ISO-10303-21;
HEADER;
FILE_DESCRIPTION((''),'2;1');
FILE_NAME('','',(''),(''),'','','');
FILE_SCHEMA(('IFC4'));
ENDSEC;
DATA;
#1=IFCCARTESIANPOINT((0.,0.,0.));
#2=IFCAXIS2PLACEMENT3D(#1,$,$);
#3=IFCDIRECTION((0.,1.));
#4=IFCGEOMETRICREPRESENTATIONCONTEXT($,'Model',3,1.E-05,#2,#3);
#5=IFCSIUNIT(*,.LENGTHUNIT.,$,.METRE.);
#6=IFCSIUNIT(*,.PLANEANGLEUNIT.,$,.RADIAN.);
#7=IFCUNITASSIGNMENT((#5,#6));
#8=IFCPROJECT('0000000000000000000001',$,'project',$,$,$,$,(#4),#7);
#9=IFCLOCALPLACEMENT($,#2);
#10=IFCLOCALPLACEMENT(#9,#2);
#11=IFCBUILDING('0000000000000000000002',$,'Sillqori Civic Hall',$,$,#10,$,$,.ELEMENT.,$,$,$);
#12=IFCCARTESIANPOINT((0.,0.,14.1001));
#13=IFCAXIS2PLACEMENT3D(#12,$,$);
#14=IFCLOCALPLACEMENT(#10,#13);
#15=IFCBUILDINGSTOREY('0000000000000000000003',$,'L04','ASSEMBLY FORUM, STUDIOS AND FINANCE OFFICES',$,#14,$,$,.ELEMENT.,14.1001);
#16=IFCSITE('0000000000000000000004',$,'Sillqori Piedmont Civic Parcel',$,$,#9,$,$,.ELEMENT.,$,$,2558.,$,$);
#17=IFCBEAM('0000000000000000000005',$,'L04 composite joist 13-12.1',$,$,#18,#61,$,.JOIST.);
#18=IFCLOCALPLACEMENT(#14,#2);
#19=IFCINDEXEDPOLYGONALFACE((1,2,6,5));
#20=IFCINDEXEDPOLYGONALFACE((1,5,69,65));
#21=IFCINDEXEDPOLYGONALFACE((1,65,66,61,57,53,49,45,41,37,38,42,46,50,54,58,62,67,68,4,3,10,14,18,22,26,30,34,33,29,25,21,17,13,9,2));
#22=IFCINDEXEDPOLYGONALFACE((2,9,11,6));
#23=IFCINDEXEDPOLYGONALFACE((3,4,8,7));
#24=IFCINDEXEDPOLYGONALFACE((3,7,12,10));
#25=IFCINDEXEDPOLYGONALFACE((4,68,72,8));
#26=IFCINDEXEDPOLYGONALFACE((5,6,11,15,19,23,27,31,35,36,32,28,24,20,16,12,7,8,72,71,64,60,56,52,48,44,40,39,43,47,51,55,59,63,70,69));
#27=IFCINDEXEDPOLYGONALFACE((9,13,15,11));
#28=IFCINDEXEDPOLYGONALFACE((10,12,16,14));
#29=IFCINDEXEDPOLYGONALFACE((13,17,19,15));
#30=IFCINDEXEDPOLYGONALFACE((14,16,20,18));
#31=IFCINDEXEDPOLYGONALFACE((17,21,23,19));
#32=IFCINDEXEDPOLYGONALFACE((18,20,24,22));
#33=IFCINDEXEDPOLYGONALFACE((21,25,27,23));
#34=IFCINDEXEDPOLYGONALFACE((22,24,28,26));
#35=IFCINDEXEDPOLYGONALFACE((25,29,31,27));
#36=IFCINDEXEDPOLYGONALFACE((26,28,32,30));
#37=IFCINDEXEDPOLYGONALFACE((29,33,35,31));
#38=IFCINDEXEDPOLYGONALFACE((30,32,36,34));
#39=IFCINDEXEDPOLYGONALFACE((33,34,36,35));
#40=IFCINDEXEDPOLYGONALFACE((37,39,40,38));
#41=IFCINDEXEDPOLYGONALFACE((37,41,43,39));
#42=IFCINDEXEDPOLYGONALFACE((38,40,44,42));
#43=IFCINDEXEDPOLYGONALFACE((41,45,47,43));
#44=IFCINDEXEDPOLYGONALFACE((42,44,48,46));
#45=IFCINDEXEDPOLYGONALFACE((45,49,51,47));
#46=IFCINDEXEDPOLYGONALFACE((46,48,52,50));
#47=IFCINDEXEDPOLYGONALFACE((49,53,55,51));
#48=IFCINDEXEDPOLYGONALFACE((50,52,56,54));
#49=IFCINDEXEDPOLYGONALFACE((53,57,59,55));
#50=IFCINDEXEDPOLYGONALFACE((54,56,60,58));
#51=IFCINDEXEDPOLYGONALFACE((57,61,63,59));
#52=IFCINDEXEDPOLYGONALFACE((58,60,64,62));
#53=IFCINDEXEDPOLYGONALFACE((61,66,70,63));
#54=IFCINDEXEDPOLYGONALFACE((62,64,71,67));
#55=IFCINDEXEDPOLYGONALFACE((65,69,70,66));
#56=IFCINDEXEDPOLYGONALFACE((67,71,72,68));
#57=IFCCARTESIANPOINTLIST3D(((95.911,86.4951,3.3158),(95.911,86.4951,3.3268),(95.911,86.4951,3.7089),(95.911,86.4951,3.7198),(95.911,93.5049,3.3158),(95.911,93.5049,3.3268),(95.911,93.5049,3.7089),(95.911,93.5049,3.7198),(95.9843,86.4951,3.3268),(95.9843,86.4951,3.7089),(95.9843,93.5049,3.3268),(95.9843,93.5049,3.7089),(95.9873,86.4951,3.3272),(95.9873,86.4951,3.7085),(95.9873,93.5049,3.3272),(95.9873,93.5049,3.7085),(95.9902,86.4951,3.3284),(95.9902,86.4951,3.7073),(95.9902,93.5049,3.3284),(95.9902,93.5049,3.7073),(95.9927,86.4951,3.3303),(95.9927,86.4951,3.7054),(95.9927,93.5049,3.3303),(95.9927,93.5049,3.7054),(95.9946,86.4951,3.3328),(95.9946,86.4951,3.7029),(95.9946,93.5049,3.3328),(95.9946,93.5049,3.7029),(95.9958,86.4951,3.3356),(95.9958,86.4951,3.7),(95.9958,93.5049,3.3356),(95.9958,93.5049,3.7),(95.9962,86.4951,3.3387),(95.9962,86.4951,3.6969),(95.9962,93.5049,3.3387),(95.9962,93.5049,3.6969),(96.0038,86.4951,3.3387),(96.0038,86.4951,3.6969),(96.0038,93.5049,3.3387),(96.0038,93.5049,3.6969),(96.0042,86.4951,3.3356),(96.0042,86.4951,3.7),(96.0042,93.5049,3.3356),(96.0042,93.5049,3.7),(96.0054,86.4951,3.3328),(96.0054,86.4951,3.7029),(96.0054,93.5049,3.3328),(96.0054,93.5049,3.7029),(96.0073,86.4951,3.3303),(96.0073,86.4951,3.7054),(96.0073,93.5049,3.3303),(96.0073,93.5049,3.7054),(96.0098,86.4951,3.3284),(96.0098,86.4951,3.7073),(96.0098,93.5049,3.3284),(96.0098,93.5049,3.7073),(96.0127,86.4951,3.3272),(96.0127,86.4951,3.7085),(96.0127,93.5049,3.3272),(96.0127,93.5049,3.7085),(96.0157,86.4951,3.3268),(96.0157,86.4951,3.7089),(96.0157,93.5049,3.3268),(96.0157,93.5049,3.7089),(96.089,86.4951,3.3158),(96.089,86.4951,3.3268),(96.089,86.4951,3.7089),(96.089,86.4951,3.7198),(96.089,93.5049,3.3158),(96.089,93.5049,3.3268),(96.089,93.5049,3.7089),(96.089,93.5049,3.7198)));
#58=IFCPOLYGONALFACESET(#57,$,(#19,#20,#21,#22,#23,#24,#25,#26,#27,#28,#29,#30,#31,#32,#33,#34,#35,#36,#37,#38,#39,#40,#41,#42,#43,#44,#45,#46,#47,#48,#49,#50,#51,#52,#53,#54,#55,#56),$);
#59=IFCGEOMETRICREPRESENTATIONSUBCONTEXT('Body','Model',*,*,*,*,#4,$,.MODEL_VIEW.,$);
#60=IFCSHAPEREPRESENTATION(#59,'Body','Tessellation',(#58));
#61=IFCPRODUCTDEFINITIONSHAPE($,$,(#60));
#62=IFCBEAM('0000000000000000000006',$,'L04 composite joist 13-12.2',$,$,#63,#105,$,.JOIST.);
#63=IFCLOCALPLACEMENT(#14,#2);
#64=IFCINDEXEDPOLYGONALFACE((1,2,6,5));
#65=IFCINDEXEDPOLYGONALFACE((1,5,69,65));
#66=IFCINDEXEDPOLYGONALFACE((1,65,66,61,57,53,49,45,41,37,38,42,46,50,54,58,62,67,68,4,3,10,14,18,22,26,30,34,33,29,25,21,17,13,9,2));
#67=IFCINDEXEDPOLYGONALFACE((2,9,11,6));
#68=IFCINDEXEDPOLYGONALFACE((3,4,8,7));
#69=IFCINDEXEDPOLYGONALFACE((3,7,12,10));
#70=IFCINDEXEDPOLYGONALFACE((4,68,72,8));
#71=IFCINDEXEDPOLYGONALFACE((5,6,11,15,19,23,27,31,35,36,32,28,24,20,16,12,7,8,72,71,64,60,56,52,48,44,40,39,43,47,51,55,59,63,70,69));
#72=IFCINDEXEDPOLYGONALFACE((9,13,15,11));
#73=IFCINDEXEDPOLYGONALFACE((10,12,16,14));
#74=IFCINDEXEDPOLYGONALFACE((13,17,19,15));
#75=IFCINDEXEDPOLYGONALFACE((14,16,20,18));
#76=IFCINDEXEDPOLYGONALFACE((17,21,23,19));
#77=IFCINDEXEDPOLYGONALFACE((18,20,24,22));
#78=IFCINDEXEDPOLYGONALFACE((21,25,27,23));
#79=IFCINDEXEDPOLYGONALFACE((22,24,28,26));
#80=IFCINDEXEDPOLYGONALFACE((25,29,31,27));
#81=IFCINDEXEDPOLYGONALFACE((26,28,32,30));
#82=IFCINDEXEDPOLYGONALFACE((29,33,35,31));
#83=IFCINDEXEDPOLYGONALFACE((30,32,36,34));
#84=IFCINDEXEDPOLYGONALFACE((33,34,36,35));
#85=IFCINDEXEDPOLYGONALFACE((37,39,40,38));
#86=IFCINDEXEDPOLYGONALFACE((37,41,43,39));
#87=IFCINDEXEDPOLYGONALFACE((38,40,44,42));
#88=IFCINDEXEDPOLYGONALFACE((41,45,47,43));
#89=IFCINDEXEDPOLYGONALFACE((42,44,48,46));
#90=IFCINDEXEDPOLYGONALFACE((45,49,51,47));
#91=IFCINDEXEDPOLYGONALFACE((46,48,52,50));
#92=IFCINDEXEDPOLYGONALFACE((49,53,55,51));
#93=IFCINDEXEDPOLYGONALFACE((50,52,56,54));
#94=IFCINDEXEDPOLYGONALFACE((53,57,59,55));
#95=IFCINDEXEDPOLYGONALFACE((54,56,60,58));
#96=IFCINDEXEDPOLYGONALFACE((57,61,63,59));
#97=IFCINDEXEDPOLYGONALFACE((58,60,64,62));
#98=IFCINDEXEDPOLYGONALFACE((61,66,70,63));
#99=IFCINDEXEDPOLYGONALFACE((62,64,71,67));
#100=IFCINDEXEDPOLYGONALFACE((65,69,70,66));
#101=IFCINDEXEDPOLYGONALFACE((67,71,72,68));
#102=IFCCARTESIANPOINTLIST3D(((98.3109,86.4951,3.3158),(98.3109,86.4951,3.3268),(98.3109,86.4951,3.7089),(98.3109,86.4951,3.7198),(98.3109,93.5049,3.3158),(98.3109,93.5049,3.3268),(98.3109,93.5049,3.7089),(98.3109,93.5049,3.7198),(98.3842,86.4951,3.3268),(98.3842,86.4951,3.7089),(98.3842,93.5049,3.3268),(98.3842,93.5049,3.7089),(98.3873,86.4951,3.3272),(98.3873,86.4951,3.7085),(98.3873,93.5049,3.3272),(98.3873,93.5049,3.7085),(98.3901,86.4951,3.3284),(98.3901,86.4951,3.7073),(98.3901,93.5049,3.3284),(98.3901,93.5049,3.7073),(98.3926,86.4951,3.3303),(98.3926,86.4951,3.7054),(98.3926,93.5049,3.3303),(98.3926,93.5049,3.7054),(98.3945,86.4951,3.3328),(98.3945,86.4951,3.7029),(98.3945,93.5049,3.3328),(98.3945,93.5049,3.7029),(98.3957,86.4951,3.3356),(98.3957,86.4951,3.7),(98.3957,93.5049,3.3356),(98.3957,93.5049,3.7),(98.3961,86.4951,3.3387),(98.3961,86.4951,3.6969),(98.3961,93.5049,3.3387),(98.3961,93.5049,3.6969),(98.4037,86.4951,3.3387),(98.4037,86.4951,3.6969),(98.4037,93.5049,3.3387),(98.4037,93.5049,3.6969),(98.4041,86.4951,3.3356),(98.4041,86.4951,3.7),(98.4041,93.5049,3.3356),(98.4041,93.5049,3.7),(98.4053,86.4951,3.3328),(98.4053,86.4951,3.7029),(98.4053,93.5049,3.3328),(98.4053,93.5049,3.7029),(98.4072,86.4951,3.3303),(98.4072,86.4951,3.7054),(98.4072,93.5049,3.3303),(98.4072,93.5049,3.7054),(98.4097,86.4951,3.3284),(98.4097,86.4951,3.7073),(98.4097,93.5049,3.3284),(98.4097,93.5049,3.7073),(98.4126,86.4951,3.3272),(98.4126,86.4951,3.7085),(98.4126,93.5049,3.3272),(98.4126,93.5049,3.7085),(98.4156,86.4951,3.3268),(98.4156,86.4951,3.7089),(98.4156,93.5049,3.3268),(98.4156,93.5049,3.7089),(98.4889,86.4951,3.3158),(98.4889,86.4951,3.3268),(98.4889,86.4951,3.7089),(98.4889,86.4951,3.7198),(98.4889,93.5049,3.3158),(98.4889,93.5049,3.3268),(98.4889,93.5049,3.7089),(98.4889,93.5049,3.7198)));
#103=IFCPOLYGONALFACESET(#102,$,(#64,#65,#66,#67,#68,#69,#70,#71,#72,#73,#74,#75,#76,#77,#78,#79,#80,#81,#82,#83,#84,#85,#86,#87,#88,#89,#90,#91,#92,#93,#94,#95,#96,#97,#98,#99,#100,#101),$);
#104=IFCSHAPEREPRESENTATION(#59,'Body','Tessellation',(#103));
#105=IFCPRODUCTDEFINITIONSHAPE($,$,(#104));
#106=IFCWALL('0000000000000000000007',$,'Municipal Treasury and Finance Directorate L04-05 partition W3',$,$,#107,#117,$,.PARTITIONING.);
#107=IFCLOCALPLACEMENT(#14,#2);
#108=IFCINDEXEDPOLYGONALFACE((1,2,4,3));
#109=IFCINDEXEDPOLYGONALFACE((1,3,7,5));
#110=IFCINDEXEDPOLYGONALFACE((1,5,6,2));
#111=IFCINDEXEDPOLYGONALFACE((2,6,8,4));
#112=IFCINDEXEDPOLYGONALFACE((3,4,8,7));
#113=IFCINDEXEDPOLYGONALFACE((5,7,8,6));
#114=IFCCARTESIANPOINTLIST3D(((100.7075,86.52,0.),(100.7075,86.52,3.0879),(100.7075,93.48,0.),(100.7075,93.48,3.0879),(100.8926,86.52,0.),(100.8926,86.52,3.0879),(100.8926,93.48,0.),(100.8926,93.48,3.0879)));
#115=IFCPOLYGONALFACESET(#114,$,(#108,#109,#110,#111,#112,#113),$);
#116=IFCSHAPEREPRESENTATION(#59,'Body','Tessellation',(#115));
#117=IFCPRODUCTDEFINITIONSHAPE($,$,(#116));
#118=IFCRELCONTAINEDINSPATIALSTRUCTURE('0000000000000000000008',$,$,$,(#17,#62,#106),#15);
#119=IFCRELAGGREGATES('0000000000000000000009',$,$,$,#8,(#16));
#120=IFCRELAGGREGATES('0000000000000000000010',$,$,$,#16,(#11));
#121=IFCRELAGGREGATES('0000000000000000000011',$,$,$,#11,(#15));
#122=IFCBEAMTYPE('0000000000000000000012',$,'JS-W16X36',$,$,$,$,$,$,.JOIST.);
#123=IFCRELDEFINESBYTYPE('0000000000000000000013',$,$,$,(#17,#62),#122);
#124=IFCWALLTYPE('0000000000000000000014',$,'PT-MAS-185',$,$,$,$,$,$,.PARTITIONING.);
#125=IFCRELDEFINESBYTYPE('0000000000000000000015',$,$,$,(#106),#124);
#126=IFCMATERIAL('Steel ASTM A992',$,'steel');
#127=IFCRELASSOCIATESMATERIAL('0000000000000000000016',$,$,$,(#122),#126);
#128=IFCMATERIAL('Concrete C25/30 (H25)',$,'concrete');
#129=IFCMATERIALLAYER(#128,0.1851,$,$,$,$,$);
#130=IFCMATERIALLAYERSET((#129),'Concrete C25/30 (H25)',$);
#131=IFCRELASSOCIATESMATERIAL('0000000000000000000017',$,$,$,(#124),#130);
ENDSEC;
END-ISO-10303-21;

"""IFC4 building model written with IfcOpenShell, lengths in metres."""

from ifc_helpers import new_model, si_unit, direction, frame, frame_2d, origin, origin_2d, place, context, subcontext, project, spatial, rectangle, i_section, extrude, material, layer, layer_set, material_profile, profile_set, type_object, element, save


model = new_model("IFC4")

# Units and contexts
model_context = context("Model", 3, precision=1e-05, world=origin(), true_north=direction((0.0, 1.0)))
body_context = subcontext(model_context, "Body", "Model", "MODEL_VIEW")
ifc_project = project(units=[si_unit("LENGTHUNIT", "METRE"), si_unit("PLANEANGLEUNIT", "RADIAN")], contexts=[model_context])

# Site, building, storey
site_placement = place(None, origin())
site = spatial("IfcSite", under=ifc_project, at=site_placement, Name="Sillqori Piedmont Civic Parcel", CompositionType="ELEMENT", RefElevation=2558.0)
building_placement = place(site_placement, origin())
building = spatial("IfcBuilding", under=site, at=building_placement, Name="Sillqori Civic Hall", CompositionType="ELEMENT")
storey_placement = place(building_placement, frame((0.0, 0.0, 14.1001)))
storey = spatial("IfcBuildingStorey", under=building, at=storey_placement, Name="L04", Description="ASSEMBLY FORUM, STUDIOS AND FINANCE OFFICES", CompositionType="ELEMENT", Elevation=14.1001)

# Shared definitions
ifc_material_1 = material(Name="Steel ASTM A992", Category="steel")

# Beams
ifc_material_profile_1 = material_profile(ifc_material_1, i_section(OverallWidth=0.178, OverallDepth=0.4041, WebThickness=0.0076, FlangeThickness=0.011, FilletRadius=0.012, at=origin_2d()), Name="W16X36")
ifc_profile_set_1 = profile_set([ifc_material_profile_1], Name="Steel ASTM A992")
beam_type_1 = type_object("IfcBeamType", Name="JS-W16X36", PredefinedType="JOIST", material=ifc_profile_set_1)
for number, where, z_axis, x_axis, name in (
    (1, (96.0, 86.4951, 3.5178), (0.0, 1.0, 0.0), (-1.0, 0.0, 0.0), "L04 composite joist 13-12.1"),
    (2, (98.3999, 86.4951, 3.5178), (0.0, 1.0, 0.0), (-1.0, 0.0, 0.0), "L04 composite joist 13-12.2"),
):
    element("IfcBeam", number, at=place(storey_placement, frame(where, z_axis=z_axis, x_axis=x_axis)), inside=storey, type_object=beam_type_1, Name=name, PredefinedType="JOIST", context=body_context, shape_type="SweptSolid", body=[
        extrude(i_section(OverallWidth=0.178, OverallDepth=0.4041, WebThickness=0.0076, FlangeThickness=0.011, FilletRadius=0.012, at=origin_2d()), origin(), (0.0, 0.0, 1.0), 7.0098),
    ])

# Wall
ifc_material_2 = material(Name="Concrete C25/30 (H25)", Category="concrete")
ifc_layer = layer(ifc_material_2, 0.1851)
ifc_layer_set = layer_set([ifc_layer], Name="Concrete C25/30 (H25)")
wall_type = type_object("IfcWallType", Name="PT-MAS-185", PredefinedType="PARTITIONING", material=ifc_layer_set)
wall_placement = place(storey_placement, frame((100.8, 86.52, 0.0), z_axis=(0.0, 0.0, 1.0), x_axis=(0.0, 1.0, 0.0)))
element("IfcWall", 3, at=wall_placement, inside=storey, type_object=wall_type, Name="Municipal Treasury and Finance Directorate L04-05 partition W3", PredefinedType="PARTITIONING", context=body_context, shape_type="SweptSolid", body=[
    extrude(rectangle(XDim=6.96, YDim=0.1851, at=frame_2d((3.48, 0.0))), origin(), (0.0, 0.0, 1.0), 3.0879),
])

save(model, "model.ifc")
